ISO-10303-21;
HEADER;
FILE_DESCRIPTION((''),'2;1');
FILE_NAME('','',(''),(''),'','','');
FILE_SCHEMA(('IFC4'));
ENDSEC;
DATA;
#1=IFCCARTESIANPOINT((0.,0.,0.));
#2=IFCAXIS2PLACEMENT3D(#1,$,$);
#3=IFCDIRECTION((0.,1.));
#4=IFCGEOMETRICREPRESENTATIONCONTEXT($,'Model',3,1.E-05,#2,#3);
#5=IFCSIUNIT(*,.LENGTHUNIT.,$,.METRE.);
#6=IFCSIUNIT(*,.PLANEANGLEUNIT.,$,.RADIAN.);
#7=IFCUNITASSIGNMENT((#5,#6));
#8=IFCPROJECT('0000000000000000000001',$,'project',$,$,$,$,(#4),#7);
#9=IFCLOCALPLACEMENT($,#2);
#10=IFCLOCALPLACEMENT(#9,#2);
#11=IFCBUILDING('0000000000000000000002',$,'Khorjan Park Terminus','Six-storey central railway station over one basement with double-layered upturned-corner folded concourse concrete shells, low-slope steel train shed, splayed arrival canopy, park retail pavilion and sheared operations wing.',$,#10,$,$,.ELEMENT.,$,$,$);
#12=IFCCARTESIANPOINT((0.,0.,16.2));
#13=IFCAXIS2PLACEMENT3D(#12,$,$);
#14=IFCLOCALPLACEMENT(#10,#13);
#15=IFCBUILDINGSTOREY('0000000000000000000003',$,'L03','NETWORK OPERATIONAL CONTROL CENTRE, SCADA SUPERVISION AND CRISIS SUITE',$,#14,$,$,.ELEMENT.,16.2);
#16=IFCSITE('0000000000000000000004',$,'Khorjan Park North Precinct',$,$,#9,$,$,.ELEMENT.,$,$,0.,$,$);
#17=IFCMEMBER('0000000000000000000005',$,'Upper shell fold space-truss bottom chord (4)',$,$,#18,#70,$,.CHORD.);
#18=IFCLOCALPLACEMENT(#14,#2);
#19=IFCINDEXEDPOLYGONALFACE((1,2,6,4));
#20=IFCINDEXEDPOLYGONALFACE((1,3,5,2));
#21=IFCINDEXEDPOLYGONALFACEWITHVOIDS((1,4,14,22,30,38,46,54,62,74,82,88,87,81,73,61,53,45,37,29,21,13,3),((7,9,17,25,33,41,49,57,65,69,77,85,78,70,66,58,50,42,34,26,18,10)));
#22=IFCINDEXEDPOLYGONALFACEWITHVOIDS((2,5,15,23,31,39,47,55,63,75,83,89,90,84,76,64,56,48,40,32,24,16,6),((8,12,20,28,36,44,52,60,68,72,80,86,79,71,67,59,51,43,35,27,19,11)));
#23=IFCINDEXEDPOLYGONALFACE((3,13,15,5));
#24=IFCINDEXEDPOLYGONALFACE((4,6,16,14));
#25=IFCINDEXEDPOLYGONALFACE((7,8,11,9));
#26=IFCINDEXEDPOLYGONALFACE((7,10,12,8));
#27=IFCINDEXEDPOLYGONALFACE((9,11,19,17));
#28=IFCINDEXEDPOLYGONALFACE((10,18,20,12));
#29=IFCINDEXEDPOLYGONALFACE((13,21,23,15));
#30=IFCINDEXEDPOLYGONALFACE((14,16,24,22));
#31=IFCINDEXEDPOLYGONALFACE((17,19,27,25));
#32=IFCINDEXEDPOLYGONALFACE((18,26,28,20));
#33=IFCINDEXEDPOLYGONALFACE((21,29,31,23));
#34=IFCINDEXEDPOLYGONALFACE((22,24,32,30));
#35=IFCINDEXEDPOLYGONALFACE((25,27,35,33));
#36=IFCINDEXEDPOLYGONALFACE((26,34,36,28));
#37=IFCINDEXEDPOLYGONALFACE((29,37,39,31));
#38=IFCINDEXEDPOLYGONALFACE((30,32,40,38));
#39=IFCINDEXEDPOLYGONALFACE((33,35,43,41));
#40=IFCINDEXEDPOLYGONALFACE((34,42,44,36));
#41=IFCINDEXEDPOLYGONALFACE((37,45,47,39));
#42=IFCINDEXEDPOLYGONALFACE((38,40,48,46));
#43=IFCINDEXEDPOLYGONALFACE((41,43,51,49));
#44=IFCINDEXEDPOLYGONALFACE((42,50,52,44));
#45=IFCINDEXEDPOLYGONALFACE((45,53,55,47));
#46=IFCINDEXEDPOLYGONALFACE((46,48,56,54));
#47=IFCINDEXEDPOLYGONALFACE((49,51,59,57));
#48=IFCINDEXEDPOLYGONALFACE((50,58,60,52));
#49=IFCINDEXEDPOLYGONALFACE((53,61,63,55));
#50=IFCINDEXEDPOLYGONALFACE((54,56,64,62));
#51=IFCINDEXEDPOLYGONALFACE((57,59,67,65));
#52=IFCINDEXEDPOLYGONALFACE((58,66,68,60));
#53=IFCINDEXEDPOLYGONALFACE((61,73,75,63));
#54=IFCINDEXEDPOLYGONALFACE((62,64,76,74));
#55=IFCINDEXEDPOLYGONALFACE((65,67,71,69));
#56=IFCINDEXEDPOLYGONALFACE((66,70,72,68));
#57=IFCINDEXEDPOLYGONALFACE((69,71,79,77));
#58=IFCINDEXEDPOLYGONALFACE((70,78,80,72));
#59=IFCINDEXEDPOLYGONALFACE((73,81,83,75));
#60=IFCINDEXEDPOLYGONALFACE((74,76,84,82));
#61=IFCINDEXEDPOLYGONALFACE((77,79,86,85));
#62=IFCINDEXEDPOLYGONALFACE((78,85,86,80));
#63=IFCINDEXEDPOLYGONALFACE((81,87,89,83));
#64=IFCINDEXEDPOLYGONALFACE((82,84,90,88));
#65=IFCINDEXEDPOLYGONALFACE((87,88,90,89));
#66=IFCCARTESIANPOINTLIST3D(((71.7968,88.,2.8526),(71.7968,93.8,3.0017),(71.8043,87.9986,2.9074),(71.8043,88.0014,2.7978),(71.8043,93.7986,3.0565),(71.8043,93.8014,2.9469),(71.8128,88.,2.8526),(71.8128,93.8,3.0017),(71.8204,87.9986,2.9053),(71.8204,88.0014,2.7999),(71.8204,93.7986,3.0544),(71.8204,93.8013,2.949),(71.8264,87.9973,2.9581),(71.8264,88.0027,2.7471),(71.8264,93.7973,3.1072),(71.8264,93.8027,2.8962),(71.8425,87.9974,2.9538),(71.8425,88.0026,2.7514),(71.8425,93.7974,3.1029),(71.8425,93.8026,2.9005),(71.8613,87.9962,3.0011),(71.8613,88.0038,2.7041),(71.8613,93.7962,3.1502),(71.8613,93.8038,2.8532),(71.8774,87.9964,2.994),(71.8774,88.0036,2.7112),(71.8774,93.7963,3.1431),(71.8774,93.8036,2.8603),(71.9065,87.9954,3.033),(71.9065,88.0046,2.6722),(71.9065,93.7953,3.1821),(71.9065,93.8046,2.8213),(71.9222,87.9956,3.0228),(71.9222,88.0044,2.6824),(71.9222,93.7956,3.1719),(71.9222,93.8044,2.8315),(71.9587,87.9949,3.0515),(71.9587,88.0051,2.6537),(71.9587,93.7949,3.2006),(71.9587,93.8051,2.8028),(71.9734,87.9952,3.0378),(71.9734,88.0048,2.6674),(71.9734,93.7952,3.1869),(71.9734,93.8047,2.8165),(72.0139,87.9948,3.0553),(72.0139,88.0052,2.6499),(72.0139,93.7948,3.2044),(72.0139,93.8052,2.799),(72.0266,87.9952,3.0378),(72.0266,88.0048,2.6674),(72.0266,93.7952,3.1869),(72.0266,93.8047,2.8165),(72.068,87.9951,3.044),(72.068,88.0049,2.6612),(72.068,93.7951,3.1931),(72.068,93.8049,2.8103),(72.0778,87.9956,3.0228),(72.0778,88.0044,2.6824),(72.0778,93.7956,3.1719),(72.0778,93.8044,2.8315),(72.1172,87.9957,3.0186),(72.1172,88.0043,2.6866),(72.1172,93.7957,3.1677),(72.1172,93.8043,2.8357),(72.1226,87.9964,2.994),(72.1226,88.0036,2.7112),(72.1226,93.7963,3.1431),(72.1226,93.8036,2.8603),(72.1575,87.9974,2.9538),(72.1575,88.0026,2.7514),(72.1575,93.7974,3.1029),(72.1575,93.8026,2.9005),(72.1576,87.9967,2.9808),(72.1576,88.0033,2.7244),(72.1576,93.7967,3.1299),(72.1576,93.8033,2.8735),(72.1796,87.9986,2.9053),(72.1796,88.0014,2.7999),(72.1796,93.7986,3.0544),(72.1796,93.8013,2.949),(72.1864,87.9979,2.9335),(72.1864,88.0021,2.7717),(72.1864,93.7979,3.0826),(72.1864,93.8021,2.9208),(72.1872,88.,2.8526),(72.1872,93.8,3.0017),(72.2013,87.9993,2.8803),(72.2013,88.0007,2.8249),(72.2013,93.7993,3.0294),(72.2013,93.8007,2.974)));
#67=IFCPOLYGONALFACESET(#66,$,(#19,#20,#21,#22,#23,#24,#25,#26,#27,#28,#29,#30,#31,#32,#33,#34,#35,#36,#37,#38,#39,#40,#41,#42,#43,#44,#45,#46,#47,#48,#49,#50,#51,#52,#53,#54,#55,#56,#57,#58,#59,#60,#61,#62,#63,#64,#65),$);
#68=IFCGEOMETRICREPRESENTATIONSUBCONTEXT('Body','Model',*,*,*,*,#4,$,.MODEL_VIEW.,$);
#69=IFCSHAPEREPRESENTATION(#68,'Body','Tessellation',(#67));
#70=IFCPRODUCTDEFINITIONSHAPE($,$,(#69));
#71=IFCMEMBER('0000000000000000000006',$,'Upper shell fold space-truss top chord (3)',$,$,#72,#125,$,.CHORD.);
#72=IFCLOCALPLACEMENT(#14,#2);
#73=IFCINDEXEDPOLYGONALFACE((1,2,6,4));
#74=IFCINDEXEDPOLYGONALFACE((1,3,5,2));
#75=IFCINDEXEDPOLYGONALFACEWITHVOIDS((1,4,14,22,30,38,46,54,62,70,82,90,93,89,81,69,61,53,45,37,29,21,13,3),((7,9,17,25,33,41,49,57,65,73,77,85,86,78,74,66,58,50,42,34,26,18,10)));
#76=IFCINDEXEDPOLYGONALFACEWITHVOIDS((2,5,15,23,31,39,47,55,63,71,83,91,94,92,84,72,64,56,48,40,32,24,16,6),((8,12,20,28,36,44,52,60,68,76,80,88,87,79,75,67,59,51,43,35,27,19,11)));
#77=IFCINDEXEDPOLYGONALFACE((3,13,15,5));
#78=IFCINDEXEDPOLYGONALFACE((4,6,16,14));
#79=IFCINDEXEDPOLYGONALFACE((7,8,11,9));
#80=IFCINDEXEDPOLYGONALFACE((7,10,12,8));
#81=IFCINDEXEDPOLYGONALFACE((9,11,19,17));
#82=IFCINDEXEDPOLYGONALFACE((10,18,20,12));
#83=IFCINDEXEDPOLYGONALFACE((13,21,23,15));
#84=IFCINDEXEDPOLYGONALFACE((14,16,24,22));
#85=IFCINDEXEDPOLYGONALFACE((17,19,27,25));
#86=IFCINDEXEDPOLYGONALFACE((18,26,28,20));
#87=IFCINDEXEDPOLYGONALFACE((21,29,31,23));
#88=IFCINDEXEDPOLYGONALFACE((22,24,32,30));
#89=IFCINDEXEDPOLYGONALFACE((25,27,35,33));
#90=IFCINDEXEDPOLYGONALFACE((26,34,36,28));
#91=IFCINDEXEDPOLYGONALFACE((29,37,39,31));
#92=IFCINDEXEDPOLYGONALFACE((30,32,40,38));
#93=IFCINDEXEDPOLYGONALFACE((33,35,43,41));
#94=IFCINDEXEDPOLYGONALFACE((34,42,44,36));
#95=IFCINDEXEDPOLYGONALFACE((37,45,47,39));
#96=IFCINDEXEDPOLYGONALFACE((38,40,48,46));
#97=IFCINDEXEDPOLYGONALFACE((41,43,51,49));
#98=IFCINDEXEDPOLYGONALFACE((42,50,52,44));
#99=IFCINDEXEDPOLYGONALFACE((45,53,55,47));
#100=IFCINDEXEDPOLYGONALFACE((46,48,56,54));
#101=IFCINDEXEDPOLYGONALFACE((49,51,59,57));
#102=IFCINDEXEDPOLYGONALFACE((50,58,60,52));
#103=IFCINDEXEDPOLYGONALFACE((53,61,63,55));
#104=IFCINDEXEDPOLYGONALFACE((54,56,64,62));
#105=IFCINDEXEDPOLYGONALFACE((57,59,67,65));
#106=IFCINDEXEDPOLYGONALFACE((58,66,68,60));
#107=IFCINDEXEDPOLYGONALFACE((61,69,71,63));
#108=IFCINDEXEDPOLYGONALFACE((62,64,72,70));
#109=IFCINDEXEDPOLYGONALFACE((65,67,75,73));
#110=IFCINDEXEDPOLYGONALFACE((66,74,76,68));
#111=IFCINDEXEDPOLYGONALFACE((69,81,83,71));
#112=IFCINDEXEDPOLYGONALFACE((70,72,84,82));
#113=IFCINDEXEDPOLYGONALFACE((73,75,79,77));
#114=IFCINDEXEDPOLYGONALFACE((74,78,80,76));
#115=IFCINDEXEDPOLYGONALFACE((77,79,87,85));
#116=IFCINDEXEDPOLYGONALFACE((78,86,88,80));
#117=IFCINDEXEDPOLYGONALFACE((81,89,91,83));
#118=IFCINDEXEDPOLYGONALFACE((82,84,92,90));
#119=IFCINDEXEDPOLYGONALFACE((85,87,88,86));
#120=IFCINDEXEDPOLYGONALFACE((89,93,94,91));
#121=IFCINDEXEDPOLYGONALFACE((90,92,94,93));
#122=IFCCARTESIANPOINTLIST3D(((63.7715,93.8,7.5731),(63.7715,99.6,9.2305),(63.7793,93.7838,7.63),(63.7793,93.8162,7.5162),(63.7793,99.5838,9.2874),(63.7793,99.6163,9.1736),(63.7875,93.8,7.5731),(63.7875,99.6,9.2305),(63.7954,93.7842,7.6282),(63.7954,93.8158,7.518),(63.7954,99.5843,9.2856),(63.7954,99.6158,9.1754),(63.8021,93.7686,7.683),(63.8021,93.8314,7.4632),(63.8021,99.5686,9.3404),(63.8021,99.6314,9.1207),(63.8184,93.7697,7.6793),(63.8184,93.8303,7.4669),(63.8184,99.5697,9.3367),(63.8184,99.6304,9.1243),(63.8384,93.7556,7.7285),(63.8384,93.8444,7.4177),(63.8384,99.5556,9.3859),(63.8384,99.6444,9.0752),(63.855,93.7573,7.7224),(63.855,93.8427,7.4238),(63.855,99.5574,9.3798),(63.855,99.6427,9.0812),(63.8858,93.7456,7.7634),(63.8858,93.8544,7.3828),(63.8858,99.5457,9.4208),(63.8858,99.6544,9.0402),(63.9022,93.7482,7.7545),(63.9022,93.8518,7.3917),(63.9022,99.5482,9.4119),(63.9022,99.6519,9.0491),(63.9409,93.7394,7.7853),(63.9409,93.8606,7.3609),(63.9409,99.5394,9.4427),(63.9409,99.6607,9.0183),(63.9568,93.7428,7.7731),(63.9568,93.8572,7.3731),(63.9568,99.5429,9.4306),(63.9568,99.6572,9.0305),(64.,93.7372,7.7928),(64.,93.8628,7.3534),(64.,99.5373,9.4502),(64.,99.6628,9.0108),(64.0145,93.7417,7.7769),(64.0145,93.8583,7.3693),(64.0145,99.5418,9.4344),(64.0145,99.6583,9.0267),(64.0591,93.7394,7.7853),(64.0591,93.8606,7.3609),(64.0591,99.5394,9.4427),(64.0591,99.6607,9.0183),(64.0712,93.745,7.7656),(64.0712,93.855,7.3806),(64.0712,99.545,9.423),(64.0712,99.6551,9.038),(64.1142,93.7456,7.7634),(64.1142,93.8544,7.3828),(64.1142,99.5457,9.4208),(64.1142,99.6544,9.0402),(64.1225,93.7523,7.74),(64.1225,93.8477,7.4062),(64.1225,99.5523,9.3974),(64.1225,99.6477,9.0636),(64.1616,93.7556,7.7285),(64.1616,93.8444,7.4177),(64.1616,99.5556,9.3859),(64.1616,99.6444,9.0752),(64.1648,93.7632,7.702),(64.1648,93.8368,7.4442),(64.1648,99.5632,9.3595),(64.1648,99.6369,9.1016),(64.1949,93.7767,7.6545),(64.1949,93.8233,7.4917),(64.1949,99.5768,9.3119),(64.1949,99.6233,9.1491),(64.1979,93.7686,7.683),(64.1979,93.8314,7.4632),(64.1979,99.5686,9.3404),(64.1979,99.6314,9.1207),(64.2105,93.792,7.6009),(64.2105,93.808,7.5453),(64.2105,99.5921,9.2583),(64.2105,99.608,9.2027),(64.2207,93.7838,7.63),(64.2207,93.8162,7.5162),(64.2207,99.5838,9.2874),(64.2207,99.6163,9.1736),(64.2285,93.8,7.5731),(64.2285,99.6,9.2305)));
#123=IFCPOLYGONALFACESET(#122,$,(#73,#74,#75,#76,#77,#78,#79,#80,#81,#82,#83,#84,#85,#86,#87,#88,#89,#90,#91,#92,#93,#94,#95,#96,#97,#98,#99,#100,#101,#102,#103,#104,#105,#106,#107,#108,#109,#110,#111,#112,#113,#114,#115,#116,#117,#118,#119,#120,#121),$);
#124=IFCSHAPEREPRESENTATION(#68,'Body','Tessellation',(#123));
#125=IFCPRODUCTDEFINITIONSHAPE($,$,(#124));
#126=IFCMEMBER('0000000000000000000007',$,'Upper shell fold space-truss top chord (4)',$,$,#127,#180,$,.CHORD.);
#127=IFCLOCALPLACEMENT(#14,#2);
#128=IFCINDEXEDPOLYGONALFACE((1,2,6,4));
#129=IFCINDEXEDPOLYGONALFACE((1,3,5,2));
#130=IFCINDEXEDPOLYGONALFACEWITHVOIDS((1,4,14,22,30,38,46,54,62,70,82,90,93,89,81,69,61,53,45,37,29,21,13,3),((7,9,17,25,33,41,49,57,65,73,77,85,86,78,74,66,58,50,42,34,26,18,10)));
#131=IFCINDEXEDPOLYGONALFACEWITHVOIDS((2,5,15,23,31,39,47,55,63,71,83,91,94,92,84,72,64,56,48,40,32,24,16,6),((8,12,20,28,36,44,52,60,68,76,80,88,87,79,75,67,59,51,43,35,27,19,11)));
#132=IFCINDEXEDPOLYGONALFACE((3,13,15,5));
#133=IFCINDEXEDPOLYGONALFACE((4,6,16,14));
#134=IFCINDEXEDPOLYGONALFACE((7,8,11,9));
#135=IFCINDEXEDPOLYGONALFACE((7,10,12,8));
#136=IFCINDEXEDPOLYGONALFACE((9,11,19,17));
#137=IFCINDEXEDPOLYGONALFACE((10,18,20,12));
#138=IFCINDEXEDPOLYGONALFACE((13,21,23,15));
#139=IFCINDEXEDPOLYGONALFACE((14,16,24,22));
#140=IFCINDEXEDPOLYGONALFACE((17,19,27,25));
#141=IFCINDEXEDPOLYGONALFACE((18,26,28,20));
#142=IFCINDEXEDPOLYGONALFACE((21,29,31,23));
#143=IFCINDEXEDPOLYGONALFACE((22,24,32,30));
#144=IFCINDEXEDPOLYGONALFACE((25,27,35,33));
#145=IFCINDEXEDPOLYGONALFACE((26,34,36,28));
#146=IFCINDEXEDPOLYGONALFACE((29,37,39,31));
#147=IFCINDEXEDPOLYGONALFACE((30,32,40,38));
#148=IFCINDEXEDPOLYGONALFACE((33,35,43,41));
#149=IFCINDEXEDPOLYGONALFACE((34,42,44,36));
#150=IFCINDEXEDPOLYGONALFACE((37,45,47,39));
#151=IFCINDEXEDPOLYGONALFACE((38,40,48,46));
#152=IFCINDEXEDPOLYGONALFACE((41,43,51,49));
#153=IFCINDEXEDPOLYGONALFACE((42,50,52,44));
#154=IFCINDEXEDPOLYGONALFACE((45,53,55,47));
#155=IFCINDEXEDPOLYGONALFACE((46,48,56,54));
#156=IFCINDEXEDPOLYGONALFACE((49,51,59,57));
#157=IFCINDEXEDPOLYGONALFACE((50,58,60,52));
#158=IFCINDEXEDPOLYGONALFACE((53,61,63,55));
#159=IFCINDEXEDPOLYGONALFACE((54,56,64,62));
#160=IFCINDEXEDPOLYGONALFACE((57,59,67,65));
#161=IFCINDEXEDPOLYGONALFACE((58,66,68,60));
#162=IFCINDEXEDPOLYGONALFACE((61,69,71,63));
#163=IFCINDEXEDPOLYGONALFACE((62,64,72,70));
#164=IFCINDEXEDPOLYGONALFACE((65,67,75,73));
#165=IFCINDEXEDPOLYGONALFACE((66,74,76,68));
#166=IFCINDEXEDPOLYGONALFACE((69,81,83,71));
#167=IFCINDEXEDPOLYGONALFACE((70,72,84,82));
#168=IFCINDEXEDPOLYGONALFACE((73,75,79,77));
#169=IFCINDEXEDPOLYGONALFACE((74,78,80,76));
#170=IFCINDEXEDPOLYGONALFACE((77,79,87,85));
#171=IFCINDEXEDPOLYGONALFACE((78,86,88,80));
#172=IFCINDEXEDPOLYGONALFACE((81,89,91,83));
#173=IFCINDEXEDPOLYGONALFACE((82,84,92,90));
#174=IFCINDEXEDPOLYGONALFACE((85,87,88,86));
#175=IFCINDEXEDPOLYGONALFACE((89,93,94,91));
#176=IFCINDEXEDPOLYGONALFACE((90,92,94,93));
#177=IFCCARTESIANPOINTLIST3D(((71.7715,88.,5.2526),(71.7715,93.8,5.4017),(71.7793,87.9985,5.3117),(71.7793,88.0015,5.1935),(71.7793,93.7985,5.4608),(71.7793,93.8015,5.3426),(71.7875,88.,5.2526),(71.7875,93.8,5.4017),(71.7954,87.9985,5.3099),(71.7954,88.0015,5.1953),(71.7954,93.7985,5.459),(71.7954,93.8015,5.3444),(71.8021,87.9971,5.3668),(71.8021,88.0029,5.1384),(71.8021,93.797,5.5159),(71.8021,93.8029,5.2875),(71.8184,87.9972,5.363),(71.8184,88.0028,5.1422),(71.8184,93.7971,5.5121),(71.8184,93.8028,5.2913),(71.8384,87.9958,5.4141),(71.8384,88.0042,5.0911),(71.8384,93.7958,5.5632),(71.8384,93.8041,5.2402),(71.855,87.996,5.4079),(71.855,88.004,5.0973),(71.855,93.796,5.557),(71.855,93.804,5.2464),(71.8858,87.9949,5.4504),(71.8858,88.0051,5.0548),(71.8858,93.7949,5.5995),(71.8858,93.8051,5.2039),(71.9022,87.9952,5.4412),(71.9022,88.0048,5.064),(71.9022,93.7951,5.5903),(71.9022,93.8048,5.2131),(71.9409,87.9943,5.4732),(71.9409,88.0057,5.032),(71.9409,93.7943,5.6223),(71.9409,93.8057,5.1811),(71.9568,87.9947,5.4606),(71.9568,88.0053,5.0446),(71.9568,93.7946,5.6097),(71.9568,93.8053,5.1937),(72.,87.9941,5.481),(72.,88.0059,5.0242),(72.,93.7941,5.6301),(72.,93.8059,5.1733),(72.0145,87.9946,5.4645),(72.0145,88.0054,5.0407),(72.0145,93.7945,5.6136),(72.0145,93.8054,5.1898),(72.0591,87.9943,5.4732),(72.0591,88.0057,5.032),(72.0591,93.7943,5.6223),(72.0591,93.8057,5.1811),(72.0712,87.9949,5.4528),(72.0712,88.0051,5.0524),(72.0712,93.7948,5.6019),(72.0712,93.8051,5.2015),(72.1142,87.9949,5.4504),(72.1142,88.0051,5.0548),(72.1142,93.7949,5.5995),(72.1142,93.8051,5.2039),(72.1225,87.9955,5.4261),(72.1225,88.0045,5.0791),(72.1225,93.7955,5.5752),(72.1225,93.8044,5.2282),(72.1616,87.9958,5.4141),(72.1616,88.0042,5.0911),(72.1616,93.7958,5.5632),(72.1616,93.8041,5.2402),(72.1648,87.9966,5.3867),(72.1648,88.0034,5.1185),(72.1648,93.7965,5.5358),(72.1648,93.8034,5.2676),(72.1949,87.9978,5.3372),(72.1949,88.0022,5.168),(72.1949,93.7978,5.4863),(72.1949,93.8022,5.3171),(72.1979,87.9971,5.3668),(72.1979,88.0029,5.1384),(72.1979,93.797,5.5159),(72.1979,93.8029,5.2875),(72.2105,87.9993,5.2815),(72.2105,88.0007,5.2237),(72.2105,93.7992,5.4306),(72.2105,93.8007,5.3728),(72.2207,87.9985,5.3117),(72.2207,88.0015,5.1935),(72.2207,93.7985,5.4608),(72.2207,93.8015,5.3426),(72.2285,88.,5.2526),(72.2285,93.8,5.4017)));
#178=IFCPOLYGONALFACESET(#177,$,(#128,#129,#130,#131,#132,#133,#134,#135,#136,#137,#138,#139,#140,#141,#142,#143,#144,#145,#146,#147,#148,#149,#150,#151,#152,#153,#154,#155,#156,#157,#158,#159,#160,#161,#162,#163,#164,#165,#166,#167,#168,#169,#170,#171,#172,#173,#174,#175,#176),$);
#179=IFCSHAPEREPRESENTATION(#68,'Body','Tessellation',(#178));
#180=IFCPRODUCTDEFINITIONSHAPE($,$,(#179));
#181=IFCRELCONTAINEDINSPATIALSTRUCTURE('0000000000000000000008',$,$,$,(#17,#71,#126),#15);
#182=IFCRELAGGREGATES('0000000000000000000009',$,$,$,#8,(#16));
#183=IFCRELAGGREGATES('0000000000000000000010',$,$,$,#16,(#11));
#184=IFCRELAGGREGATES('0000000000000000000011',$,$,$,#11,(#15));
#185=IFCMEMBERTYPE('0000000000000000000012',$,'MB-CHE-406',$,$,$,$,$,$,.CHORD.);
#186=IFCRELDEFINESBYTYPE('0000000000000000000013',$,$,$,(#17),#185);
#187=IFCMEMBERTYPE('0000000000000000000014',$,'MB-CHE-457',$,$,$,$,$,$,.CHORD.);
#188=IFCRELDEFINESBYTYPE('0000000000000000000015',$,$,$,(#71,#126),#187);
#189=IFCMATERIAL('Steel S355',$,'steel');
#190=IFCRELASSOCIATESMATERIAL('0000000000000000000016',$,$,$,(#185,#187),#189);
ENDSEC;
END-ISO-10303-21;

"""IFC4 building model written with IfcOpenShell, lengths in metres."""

from ifc_helpers import new_model, si_unit, direction, frame, origin, origin_2d, place, context, subcontext, project, spatial, hollow_circle, extrude, material, material_profile, profile_set, type_object, element, save


model = new_model("IFC4")

# Units and contexts
model_context = context("Model", 3, precision=1e-05, world=origin(), true_north=direction((0.0, 1.0)))
body_context = subcontext(model_context, "Body", "Model", "MODEL_VIEW")
ifc_project = project(units=[si_unit("LENGTHUNIT", "METRE"), si_unit("PLANEANGLEUNIT", "RADIAN")], contexts=[model_context])

# Site, building, storey
site_placement = place(None, origin())
site = spatial("IfcSite", under=ifc_project, at=site_placement, Name="Khorjan Park North Precinct", CompositionType="ELEMENT", RefElevation=0.0)
building_placement = place(site_placement, origin())
building = spatial("IfcBuilding", under=site, at=building_placement, Name="Khorjan Park Terminus", Description="Six-storey central railway station over one basement with double-layered upturned-corner folded concourse concrete shells, low-slope steel train shed, splayed arrival canopy, park retail pavilion and sheared operations wing.", CompositionType="ELEMENT")
storey_placement = place(building_placement, frame((0.0, 0.0, 16.2)))
storey = spatial("IfcBuildingStorey", under=building, at=storey_placement, Name="L03", Description="NETWORK OPERATIONAL CONTROL CENTRE, SCADA SUPERVISION AND CRISIS SUITE", CompositionType="ELEMENT", Elevation=16.2)

# Members
ifc_material_1 = material(Name="Steel S355", Category="steel")
ifc_material_profile_1 = material_profile(ifc_material_1, hollow_circle(Radius=0.2032, WallThickness=0.016, at=origin_2d()), Name="CHS 406.4x16")
ifc_profile_set_1 = profile_set([ifc_material_profile_1], Name="Steel S355")
member_type_1 = type_object("IfcMemberType", Name="MB-CHE-406", PredefinedType="CHORD", material=ifc_profile_set_1)
member_1_placement = place(storey_placement, frame((72.0, 88.0, 2.8526), z_axis=(0.0, 0.99967, 0.025698), x_axis=(-1.0, 0.0, 0.0)))
element("IfcMember", 1, at=member_1_placement, inside=storey, type_object=member_type_1, Name="Upper shell fold space-truss bottom chord (4)", PredefinedType="CHORD", context=body_context, shape_type="SweptSolid", body=[
    extrude(hollow_circle(Radius=0.2032, WallThickness=0.016, at=origin_2d()), origin(), (0.0, 0.0, 1.0), 5.8019),
])
ifc_material_profile_2 = material_profile(ifc_material_1, hollow_circle(Radius=0.2285, WallThickness=0.016, at=origin_2d()), Name="CHS 457x16")
ifc_profile_set_2 = profile_set([ifc_material_profile_2], Name="Steel S355")
member_type_2 = type_object("IfcMemberType", Name="MB-CHE-457", PredefinedType="CHORD", material=ifc_profile_set_2)
member_2_placement = place(storey_placement, frame((64.0, 93.8, 7.5731), z_axis=(0.0, 0.961513, 0.274761), x_axis=(-1.0, 0.0, 0.0)))
element("IfcMember", 2, at=member_2_placement, inside=storey, type_object=member_type_2, Name="Upper shell fold space-truss top chord (3)", PredefinedType="CHORD", context=body_context, shape_type="SweptSolid", body=[
    extrude(hollow_circle(Radius=0.2285, WallThickness=0.016, at=origin_2d()), origin(), (0.0, 0.0, 1.0), 6.0322),
])
member_3_placement = place(storey_placement, frame((72.0, 88.0, 5.2526), z_axis=(0.0, 0.99967, 0.025698), x_axis=(-1.0, 0.0, 0.0)))
element("IfcMember", 3, at=member_3_placement, inside=storey, type_object=member_type_2, Name="Upper shell fold space-truss top chord (4)", PredefinedType="CHORD", context=body_context, shape_type="SweptSolid", body=[
    extrude(hollow_circle(Radius=0.2285, WallThickness=0.016, at=origin_2d()), origin(), (0.0, 0.0, 1.0), 5.8019),
])

save(model, "model.ifc")
